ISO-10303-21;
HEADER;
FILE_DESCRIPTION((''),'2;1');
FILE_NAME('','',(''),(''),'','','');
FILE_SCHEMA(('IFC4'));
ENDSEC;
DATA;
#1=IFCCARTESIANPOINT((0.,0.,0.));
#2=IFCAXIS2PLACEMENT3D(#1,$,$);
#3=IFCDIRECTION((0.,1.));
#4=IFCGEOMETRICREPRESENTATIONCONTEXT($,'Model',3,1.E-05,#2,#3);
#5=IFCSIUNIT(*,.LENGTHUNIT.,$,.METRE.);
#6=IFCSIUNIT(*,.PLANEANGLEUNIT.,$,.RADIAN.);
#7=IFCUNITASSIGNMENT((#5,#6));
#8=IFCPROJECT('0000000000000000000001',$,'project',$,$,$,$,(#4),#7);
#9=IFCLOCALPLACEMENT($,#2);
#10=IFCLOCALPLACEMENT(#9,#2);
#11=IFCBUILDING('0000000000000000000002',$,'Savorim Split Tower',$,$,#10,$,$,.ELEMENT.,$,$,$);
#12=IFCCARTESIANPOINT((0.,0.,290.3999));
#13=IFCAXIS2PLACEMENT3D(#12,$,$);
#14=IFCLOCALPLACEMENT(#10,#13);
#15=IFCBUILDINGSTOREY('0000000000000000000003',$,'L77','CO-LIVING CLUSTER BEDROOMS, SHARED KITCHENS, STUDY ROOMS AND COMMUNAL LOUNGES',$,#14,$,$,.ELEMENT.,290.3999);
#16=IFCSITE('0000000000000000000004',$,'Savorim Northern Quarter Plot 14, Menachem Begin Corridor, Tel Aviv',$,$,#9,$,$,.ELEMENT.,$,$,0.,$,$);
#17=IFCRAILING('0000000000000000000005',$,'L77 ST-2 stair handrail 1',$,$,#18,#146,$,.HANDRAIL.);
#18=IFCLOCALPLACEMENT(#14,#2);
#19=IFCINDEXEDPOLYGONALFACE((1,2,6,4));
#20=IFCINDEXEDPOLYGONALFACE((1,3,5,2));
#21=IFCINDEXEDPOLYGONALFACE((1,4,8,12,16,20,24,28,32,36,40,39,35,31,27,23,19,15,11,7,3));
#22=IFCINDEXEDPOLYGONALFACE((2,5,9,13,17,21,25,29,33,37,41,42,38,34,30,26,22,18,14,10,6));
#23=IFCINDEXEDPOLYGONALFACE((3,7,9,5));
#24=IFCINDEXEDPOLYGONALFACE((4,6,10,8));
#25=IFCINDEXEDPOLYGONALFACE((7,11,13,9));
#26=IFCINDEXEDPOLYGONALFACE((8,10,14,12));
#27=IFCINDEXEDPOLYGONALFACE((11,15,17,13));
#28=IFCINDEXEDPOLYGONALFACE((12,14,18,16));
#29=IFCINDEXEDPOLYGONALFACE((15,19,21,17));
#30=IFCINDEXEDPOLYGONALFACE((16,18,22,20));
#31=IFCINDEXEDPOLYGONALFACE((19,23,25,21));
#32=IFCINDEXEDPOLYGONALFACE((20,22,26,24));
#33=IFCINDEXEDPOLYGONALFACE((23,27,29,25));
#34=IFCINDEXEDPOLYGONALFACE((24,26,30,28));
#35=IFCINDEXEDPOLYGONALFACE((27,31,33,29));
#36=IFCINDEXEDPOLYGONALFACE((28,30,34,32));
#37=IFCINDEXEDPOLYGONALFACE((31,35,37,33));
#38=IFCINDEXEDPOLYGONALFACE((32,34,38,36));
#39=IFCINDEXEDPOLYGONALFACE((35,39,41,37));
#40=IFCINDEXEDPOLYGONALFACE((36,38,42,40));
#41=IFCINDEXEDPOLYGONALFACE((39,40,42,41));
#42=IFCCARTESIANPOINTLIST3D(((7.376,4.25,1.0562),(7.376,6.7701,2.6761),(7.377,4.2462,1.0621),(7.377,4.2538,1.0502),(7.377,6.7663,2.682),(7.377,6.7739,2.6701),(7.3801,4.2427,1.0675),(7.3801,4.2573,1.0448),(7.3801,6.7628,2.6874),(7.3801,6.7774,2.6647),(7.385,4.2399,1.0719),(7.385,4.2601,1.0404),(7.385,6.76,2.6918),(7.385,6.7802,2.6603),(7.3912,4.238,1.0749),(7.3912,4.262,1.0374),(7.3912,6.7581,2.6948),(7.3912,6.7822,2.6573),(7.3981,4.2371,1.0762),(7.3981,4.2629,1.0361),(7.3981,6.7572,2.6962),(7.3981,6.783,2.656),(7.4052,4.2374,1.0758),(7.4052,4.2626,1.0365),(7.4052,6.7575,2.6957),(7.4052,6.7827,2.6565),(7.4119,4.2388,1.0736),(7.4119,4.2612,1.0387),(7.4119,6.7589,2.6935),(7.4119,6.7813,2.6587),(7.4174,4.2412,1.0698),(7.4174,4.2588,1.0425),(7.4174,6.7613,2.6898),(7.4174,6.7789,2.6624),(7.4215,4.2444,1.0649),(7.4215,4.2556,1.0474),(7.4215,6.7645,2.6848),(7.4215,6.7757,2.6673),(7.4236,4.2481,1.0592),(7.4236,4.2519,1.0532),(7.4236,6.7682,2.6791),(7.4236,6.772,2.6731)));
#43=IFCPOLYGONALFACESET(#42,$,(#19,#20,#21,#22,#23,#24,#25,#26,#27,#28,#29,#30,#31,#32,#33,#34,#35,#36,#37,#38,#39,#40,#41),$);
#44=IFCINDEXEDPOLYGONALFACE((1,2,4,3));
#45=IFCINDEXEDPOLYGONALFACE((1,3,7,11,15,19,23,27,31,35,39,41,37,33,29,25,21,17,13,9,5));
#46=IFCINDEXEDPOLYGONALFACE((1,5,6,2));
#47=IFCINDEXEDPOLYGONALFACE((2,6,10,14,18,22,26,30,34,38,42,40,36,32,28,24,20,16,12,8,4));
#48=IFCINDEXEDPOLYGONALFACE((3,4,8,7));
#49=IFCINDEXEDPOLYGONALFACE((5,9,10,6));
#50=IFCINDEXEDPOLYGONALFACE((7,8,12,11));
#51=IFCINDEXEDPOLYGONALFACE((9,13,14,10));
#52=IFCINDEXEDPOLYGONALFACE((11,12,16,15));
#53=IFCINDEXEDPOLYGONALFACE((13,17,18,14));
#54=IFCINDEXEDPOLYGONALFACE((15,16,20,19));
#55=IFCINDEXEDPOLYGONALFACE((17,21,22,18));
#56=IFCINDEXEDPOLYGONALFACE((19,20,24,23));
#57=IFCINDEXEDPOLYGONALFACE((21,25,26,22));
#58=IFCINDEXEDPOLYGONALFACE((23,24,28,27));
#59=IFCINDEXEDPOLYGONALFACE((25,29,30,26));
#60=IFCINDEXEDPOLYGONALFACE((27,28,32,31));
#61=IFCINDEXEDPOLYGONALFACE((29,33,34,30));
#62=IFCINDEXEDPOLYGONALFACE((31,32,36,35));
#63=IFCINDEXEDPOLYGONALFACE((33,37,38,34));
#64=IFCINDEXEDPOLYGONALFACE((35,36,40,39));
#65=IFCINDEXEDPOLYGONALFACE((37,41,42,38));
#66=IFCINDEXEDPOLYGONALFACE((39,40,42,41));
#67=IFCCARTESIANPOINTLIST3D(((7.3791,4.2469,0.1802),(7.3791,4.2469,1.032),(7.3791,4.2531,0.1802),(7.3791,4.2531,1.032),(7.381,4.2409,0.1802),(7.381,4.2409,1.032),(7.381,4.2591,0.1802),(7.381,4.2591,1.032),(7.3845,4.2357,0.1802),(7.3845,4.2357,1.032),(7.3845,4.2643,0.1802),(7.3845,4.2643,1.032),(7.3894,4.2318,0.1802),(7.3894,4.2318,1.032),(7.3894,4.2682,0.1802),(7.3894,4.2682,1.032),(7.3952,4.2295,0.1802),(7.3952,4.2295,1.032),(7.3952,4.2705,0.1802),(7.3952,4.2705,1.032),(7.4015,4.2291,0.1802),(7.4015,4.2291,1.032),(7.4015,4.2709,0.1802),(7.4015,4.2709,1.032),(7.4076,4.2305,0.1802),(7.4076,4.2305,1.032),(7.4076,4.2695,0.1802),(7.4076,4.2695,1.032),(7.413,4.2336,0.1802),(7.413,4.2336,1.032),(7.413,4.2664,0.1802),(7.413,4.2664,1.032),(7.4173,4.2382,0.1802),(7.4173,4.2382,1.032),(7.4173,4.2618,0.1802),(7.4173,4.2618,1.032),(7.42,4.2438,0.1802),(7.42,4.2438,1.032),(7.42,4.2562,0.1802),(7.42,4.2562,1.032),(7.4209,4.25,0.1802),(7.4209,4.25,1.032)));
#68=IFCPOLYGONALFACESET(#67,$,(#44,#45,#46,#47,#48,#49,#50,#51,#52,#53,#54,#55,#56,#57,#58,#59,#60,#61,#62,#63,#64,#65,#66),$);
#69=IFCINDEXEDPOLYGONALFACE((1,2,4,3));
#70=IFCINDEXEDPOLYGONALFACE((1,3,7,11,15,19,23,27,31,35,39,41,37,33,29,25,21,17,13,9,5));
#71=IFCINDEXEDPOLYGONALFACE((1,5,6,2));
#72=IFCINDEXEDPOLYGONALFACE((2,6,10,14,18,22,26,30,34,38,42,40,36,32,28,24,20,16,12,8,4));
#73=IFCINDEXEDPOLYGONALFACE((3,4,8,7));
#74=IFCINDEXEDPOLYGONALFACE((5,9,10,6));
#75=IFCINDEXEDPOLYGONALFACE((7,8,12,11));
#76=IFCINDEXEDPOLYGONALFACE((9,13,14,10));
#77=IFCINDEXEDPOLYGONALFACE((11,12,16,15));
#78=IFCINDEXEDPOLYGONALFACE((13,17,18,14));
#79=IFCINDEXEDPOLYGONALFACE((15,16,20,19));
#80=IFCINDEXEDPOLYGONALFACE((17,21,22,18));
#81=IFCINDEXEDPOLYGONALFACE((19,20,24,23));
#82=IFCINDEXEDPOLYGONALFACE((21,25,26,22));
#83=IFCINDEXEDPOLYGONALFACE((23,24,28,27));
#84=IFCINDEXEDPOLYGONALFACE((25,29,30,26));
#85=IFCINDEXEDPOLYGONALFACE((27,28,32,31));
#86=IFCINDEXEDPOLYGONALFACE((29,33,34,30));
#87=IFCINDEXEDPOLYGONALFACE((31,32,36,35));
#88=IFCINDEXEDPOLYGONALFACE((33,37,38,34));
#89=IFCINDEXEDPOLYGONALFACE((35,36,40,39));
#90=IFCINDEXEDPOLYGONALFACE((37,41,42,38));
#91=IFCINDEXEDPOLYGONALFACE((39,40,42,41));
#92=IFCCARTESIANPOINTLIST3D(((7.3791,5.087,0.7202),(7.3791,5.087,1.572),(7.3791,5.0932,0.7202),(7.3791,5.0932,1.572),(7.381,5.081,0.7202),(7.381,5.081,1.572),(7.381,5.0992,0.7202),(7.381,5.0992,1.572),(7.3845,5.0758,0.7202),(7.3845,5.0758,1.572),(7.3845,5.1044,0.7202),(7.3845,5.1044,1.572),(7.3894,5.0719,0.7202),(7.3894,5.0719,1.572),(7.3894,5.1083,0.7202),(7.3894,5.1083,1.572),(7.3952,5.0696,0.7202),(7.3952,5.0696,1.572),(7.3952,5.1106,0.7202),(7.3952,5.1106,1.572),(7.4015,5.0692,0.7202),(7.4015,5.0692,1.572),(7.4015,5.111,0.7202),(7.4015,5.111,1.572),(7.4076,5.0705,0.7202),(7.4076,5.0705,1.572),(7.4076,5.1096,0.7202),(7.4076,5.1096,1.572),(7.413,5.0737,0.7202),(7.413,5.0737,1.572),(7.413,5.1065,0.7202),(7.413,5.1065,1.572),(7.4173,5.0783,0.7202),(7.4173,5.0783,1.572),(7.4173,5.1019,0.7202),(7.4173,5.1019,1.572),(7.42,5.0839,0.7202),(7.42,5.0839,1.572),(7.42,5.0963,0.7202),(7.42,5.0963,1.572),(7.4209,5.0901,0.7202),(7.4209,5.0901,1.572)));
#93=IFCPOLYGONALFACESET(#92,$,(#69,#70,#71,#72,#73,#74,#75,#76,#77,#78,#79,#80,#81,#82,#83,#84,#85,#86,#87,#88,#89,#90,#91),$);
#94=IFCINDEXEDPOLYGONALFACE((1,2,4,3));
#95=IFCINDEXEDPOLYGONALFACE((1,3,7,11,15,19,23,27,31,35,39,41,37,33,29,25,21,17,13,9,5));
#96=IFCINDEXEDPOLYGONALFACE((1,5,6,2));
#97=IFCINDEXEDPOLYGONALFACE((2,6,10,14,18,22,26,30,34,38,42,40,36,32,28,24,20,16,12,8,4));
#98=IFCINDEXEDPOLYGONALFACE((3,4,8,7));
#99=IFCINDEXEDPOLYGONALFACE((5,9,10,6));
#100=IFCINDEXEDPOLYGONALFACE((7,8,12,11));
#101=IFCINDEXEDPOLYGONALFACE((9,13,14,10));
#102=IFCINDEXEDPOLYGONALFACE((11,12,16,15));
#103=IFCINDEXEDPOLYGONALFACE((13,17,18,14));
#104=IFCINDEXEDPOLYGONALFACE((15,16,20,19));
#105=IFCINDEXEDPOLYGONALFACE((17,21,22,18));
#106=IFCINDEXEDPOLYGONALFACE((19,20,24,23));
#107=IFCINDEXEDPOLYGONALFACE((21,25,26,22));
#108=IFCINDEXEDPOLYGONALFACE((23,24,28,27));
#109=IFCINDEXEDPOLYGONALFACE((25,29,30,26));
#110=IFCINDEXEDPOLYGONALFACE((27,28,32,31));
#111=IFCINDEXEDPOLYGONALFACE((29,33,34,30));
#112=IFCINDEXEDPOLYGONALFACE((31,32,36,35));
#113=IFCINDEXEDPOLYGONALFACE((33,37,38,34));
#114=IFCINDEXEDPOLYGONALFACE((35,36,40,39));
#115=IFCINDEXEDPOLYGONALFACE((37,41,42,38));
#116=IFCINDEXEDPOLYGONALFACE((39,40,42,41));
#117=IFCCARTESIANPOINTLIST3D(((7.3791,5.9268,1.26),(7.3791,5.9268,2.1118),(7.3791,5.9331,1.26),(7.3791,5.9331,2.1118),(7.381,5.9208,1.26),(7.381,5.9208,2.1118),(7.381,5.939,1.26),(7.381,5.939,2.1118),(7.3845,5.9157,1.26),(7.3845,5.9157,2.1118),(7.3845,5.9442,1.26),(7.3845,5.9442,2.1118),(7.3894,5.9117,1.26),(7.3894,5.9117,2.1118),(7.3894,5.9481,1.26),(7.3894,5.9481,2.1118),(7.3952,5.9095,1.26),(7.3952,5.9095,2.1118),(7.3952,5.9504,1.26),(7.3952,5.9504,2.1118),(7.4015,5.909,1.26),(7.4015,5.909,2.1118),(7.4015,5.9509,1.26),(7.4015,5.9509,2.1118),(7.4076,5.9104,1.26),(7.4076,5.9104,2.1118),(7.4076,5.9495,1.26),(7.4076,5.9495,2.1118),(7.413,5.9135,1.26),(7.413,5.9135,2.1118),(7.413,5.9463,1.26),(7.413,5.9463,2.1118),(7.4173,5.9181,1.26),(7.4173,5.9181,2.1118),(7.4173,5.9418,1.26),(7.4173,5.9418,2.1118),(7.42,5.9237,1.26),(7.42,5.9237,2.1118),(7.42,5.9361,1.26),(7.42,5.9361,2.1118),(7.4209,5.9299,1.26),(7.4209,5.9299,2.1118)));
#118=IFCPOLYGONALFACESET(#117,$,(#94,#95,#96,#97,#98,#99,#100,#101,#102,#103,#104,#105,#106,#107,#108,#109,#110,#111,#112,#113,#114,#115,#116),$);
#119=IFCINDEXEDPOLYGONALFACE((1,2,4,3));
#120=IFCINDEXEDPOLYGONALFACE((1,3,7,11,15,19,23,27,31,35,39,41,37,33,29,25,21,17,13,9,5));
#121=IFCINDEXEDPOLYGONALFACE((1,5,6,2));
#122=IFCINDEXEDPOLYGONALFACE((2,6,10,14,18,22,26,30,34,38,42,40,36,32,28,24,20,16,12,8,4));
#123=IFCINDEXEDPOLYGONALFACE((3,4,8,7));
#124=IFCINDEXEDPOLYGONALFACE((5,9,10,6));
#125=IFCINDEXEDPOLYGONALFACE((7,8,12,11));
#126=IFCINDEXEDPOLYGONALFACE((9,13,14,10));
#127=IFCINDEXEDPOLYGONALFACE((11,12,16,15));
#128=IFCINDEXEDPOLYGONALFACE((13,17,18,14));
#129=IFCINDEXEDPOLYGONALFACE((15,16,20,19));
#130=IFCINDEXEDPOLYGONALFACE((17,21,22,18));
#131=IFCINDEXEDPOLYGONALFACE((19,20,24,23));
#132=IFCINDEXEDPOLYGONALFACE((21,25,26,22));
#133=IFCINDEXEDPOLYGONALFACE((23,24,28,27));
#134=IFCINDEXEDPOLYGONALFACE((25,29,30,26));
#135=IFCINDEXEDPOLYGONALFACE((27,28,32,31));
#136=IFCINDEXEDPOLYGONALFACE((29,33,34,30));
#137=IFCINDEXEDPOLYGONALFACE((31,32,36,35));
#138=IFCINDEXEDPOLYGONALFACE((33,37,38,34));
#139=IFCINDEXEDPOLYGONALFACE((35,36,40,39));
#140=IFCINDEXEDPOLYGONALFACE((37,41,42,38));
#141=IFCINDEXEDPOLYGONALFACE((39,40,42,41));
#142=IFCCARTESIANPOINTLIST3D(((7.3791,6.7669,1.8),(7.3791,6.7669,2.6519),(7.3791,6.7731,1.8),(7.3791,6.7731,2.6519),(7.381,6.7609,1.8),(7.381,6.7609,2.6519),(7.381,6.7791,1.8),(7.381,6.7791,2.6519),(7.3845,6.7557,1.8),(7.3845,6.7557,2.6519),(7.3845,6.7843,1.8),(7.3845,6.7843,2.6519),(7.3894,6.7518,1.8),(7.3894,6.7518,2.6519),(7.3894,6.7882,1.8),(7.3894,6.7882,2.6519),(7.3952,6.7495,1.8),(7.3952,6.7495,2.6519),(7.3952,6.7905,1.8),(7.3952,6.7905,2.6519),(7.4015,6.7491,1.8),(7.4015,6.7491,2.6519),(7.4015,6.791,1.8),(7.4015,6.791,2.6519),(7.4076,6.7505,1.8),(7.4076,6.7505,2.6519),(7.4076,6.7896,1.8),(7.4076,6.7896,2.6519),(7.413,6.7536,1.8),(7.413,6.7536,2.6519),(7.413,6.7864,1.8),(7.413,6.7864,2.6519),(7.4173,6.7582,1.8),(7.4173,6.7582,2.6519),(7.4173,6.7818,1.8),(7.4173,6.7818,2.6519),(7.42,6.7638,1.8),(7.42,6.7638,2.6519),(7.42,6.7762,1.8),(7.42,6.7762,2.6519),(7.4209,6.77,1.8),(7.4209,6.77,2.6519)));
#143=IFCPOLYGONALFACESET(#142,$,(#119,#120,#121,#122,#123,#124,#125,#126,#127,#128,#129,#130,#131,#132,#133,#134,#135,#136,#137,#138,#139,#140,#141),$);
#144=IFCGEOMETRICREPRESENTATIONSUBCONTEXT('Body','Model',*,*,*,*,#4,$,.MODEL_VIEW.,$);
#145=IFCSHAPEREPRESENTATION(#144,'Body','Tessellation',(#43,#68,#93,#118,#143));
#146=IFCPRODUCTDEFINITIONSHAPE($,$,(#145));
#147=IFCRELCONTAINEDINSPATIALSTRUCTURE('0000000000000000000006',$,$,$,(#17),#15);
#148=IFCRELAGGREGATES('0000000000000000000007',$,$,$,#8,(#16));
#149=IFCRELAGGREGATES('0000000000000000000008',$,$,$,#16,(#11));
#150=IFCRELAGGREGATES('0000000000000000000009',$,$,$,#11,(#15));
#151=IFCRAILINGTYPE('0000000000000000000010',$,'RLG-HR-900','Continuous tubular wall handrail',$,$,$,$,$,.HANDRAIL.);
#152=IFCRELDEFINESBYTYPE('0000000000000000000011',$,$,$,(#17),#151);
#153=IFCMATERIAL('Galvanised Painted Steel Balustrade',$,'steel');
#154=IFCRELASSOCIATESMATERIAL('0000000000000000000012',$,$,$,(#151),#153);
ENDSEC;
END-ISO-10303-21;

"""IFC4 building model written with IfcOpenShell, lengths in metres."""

from ifc_helpers import new_model, si_unit, direction, frame, origin, origin_2d, place, context, subcontext, project, spatial, circle, extrude, material, type_object, element, save


model = new_model("IFC4")

# Units and contexts
model_context = context("Model", 3, precision=1e-05, world=origin(), true_north=direction((0.0, 1.0)))
body_context = subcontext(model_context, "Body", "Model", "MODEL_VIEW")
ifc_project = project(units=[si_unit("LENGTHUNIT", "METRE"), si_unit("PLANEANGLEUNIT", "RADIAN")], contexts=[model_context])

# Site, building, storey
site_placement = place(None, origin())
site = spatial("IfcSite", under=ifc_project, at=site_placement, Name="Savorim Northern Quarter Plot 14, Menachem Begin Corridor, Tel Aviv", CompositionType="ELEMENT", RefElevation=0.0)
building_placement = place(site_placement, origin())
building = spatial("IfcBuilding", under=site, at=building_placement, Name="Savorim Split Tower", CompositionType="ELEMENT")
storey_placement = place(building_placement, frame((0.0, 0.0, 290.3999)))
storey = spatial("IfcBuildingStorey", under=building, at=storey_placement, Name="L77", Description="CO-LIVING CLUSTER BEDROOMS, SHARED KITCHENS, STUDY ROOMS AND COMMUNAL LOUNGES", CompositionType="ELEMENT", Elevation=290.3999)

# Railing
ifc_material_1 = material(Name="Galvanised Painted Steel Balustrade", Category="steel")
railing_type_1 = type_object("IfcRailingType", Name="RLG-HR-900", Description="Continuous tubular wall handrail", PredefinedType="HANDRAIL", material=ifc_material_1)
railing_1_placement = place(storey_placement, frame((7.3999, 4.25, 0.1802)))
element("IfcRailing", 1, at=railing_1_placement, inside=storey, type_object=railing_type_1, Name="L77 ST-2 stair handrail 1", PredefinedType="HANDRAIL", context=body_context, shape_type="SweptSolid", body=[
    extrude(circle(Radius=0.0239, at=origin_2d()), frame((0.0, 0.0, 0.876), z_axis=(0.0, 0.8412, 0.540725), x_axis=(-1.0, 0.0, 0.0)), (0.0, 0.0, 1.0), 2.9958),
    extrude(circle(Radius=0.021, at=origin_2d()), origin(), (0.0, 0.0, 1.0), 0.8518),
    extrude(circle(Radius=0.021, at=origin_2d()), frame((0.0, 0.8401, 0.54)), (0.0, 0.0, 1.0), 0.8518),
    extrude(circle(Radius=0.021, at=origin_2d()), frame((0.0, 1.6799, 1.0798)), (0.0, 0.0, 1.0), 0.8518),
    extrude(circle(Radius=0.021, at=origin_2d()), frame((0.0, 2.52, 1.6199)), (0.0, 0.0, 1.0), 0.8518),
])

save(model, "model.ifc")
